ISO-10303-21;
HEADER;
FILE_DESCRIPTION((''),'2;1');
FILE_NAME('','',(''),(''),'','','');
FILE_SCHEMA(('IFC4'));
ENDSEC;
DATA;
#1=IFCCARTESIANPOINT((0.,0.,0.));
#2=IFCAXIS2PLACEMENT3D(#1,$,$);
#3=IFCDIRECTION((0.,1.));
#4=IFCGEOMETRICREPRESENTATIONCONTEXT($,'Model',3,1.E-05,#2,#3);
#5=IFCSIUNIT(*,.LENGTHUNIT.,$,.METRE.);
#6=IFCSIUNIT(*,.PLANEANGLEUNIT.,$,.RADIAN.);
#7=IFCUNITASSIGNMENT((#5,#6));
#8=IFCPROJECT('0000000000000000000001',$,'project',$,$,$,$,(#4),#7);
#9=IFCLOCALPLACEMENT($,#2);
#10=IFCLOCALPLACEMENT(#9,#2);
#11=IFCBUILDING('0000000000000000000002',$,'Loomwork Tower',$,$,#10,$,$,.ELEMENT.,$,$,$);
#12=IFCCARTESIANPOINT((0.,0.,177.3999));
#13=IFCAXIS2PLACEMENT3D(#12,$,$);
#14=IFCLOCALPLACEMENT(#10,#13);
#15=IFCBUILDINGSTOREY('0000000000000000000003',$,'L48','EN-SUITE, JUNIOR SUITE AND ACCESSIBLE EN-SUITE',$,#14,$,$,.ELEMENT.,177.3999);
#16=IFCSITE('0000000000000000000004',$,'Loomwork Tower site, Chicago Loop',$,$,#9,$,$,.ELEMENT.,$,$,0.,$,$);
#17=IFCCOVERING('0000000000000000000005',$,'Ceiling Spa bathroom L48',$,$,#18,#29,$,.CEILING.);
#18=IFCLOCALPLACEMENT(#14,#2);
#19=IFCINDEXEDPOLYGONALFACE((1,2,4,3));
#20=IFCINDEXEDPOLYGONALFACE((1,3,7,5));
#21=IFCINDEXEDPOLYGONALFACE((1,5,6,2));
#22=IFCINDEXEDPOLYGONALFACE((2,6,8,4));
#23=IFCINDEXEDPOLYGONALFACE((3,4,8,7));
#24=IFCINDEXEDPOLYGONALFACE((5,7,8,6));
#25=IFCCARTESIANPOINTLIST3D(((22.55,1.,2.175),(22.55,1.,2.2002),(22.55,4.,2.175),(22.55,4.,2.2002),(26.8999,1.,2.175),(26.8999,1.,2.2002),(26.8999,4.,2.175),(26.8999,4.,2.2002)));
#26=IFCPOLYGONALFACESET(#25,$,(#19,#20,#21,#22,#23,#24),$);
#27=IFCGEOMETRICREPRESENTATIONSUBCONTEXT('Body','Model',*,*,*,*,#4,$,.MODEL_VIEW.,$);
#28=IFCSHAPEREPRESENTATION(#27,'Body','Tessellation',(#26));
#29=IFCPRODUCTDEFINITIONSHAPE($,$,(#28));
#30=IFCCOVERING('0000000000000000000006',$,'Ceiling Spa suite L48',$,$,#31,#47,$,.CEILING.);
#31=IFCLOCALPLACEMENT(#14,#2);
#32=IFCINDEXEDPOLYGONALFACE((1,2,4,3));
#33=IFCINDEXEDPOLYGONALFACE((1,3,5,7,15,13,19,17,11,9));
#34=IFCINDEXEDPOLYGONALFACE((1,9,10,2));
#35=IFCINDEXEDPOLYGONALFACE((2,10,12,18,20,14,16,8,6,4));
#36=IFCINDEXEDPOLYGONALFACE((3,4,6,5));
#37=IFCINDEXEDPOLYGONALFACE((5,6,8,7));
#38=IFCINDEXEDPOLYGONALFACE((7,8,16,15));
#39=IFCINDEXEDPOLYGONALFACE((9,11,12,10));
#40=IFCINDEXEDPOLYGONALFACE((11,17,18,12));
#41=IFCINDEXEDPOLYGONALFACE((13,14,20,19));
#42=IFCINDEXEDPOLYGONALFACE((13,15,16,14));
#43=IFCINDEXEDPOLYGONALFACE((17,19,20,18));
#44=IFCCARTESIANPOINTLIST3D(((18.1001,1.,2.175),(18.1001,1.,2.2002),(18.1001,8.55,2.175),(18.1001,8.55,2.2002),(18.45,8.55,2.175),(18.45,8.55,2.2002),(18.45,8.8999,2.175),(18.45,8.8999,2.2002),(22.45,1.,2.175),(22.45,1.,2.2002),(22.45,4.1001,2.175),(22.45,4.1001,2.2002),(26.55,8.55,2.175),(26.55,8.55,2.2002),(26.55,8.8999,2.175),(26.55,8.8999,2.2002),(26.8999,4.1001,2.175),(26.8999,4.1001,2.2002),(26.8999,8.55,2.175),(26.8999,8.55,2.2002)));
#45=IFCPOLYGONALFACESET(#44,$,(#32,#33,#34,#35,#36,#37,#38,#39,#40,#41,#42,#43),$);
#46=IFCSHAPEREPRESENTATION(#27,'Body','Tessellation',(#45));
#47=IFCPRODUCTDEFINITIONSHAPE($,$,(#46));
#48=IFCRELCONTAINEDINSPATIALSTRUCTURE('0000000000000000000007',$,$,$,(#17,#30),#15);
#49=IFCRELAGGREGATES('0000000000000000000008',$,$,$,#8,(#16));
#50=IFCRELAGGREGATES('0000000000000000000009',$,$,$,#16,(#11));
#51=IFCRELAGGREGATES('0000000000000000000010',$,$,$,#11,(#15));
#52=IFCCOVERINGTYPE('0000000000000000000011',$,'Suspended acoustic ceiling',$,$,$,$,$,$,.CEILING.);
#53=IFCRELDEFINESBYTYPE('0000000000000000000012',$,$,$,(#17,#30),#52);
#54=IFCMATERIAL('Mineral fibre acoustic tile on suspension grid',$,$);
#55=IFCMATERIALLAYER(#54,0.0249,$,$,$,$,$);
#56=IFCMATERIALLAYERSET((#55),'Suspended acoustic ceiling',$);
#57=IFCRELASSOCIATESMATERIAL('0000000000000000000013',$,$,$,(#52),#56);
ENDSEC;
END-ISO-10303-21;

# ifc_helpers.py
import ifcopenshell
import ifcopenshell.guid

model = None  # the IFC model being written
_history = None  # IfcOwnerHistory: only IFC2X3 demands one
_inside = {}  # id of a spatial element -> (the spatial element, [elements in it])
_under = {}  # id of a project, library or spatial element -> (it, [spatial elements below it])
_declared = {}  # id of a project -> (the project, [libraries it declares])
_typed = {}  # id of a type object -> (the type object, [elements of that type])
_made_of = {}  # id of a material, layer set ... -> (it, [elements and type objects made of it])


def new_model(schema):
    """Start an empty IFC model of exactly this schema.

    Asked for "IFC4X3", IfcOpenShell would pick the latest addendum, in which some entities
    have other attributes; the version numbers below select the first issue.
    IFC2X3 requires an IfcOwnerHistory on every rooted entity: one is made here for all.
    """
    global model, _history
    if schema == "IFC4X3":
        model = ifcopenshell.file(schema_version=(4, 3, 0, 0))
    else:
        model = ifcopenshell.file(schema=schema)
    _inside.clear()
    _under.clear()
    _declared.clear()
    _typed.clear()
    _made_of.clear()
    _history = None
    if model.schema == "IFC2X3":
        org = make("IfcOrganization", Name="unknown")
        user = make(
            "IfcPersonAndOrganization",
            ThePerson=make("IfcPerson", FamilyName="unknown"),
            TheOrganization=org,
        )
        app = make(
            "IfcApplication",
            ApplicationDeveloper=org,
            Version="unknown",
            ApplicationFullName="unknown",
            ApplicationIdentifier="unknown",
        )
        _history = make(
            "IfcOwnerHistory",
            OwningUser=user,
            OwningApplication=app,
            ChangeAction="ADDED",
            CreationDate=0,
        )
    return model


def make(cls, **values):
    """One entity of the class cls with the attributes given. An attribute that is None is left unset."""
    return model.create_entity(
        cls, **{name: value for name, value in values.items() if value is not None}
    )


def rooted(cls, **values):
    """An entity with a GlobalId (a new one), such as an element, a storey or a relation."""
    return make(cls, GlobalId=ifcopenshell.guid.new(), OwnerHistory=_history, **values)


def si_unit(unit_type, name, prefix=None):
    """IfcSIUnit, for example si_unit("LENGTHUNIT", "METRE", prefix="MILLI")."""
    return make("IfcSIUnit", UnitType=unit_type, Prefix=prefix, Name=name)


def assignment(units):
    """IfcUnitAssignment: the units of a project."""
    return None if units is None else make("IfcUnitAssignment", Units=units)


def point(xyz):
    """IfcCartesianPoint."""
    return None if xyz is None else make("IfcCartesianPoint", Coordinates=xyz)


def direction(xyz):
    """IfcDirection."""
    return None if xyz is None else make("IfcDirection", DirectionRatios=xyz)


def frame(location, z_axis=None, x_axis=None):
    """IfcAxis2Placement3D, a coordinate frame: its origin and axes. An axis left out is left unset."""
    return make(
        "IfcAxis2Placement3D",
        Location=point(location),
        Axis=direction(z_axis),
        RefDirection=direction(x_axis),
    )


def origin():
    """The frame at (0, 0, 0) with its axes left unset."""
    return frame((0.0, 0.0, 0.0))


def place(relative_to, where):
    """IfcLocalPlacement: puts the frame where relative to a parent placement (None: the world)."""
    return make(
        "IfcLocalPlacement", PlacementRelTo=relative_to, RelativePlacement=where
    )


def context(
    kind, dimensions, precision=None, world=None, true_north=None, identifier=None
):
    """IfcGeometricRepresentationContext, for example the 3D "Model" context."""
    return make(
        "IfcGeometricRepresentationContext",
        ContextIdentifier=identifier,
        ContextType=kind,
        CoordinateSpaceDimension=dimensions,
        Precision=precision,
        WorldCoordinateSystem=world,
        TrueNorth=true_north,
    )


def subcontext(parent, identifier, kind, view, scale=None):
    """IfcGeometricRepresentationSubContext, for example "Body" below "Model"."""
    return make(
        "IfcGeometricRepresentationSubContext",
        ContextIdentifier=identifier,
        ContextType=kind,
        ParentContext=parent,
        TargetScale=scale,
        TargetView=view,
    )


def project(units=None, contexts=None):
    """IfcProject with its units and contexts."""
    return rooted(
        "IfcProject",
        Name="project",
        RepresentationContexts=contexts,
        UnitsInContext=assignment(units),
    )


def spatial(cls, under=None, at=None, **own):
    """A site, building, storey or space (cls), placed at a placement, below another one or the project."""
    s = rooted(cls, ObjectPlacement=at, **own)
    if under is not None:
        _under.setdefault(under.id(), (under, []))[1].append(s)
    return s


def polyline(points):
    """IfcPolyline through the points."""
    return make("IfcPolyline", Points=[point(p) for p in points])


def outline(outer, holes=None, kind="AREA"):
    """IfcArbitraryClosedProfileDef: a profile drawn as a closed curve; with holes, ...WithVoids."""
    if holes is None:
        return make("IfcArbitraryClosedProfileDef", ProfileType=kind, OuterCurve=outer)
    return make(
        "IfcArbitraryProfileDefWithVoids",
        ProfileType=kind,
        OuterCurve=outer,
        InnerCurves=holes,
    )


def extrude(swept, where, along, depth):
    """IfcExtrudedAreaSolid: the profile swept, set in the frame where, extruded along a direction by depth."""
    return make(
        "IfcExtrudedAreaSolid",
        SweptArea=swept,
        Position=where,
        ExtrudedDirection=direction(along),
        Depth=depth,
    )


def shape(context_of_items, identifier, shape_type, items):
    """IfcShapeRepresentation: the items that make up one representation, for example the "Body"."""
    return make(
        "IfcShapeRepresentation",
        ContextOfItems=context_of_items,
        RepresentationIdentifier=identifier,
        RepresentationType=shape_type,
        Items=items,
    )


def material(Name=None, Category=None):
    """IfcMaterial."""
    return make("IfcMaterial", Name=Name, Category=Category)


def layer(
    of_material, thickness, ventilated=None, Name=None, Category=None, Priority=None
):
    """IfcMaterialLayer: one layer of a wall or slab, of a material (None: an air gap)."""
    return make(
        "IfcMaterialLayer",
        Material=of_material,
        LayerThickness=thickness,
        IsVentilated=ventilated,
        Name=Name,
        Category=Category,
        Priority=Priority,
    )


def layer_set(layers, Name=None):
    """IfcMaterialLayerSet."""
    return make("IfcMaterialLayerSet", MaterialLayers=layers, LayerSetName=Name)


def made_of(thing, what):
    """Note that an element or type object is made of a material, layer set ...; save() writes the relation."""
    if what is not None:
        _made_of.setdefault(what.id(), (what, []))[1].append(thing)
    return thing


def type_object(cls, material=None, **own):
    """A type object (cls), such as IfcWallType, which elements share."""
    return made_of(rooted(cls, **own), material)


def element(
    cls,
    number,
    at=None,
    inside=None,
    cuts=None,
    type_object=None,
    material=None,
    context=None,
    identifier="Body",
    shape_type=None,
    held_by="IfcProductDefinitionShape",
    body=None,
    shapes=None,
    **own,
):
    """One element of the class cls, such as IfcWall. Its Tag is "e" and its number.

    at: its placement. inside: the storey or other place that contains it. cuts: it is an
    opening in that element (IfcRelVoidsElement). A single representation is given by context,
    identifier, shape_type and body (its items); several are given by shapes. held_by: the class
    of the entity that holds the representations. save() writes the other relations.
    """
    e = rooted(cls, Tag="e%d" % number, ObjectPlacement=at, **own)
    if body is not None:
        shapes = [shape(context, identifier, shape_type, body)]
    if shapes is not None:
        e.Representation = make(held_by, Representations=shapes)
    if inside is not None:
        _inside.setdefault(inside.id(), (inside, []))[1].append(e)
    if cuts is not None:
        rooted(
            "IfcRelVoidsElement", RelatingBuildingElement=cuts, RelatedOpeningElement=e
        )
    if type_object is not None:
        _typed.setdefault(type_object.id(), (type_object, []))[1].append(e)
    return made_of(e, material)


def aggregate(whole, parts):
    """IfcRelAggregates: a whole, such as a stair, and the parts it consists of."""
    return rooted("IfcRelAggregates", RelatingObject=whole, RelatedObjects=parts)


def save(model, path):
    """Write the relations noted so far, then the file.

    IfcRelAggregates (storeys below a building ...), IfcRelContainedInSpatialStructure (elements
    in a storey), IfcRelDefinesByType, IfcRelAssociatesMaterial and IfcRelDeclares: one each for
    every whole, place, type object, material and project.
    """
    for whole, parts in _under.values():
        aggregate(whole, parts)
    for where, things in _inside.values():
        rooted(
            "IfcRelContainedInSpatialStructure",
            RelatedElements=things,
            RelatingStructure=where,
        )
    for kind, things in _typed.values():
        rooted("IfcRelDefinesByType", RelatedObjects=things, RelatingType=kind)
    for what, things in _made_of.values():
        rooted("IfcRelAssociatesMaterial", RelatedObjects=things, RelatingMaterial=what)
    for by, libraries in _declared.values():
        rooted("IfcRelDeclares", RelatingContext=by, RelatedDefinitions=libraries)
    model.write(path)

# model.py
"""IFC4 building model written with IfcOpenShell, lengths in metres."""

from ifc_helpers import new_model, si_unit, direction, frame, origin, place, context, subcontext, project, spatial, polyline, outline, extrude, material, layer, layer_set, type_object, element, save


model = new_model("IFC4")

# Units and contexts
model_context = context("Model", 3, precision=1e-05, world=origin(), true_north=direction((0.0, 1.0)))
body_context = subcontext(model_context, "Body", "Model", "MODEL_VIEW")
ifc_project = project(units=[si_unit("LENGTHUNIT", "METRE"), si_unit("PLANEANGLEUNIT", "RADIAN")], contexts=[model_context])

# Site, building, storey
site_placement = place(None, origin())
site = spatial("IfcSite", under=ifc_project, at=site_placement, Name="Loomwork Tower site, Chicago Loop", CompositionType="ELEMENT", RefElevation=0.0)
building_placement = place(site_placement, origin())
building = spatial("IfcBuilding", under=site, at=building_placement, Name="Loomwork Tower", CompositionType="ELEMENT")
storey_placement = place(building_placement, frame((0.0, 0.0, 177.3999)))
storey = spatial("IfcBuildingStorey", under=building, at=storey_placement, Name="L48", Description="EN-SUITE, JUNIOR SUITE AND ACCESSIBLE EN-SUITE", CompositionType="ELEMENT", Elevation=177.3999)

# Coverings
ifc_material_1 = material(Name="Mineral fibre acoustic tile on suspension grid")
ifc_layer_1 = layer(ifc_material_1, 0.0249)
ifc_layer_set_1 = layer_set([ifc_layer_1], Name="Suspended acoustic ceiling")
covering_type_1 = type_object("IfcCoveringType", Name="Suspended acoustic ceiling", PredefinedType="CEILING", material=ifc_layer_set_1)
covering_1_placement = place(storey_placement, frame((0.0, 0.0, 2.175)))
element("IfcCovering", 1, at=covering_1_placement, inside=storey, type_object=covering_type_1, Name="Ceiling Spa bathroom L48", PredefinedType="CEILING", context=body_context, shape_type="SweptSolid", body=[
    extrude(outline(polyline([(26.8999, 4.0), (26.8999, 1.0), (22.55, 1.0), (22.55, 4.0), (26.8999, 4.0)])), origin(), (0.0, 0.0, 1.0), 0.0251),
])
covering_2_placement = place(storey_placement, frame((0.0, 0.0, 2.175)))
element("IfcCovering", 2, at=covering_2_placement, inside=storey, type_object=covering_type_1, Name="Ceiling Spa suite L48", PredefinedType="CEILING", context=body_context, shape_type="SweptSolid", body=[
    extrude(outline(polyline([(26.55, 8.8999), (26.55, 8.55), (26.8999, 8.55), (26.8999, 4.1001), (22.45, 4.1001), (22.45, 1.0), (18.1001, 1.0), (18.1001, 8.55), (18.45, 8.55), (18.45, 8.8999), (26.55, 8.8999)])), origin(), (0.0, 0.0, 1.0), 0.0251),
])

save(model, "model.ifc")
